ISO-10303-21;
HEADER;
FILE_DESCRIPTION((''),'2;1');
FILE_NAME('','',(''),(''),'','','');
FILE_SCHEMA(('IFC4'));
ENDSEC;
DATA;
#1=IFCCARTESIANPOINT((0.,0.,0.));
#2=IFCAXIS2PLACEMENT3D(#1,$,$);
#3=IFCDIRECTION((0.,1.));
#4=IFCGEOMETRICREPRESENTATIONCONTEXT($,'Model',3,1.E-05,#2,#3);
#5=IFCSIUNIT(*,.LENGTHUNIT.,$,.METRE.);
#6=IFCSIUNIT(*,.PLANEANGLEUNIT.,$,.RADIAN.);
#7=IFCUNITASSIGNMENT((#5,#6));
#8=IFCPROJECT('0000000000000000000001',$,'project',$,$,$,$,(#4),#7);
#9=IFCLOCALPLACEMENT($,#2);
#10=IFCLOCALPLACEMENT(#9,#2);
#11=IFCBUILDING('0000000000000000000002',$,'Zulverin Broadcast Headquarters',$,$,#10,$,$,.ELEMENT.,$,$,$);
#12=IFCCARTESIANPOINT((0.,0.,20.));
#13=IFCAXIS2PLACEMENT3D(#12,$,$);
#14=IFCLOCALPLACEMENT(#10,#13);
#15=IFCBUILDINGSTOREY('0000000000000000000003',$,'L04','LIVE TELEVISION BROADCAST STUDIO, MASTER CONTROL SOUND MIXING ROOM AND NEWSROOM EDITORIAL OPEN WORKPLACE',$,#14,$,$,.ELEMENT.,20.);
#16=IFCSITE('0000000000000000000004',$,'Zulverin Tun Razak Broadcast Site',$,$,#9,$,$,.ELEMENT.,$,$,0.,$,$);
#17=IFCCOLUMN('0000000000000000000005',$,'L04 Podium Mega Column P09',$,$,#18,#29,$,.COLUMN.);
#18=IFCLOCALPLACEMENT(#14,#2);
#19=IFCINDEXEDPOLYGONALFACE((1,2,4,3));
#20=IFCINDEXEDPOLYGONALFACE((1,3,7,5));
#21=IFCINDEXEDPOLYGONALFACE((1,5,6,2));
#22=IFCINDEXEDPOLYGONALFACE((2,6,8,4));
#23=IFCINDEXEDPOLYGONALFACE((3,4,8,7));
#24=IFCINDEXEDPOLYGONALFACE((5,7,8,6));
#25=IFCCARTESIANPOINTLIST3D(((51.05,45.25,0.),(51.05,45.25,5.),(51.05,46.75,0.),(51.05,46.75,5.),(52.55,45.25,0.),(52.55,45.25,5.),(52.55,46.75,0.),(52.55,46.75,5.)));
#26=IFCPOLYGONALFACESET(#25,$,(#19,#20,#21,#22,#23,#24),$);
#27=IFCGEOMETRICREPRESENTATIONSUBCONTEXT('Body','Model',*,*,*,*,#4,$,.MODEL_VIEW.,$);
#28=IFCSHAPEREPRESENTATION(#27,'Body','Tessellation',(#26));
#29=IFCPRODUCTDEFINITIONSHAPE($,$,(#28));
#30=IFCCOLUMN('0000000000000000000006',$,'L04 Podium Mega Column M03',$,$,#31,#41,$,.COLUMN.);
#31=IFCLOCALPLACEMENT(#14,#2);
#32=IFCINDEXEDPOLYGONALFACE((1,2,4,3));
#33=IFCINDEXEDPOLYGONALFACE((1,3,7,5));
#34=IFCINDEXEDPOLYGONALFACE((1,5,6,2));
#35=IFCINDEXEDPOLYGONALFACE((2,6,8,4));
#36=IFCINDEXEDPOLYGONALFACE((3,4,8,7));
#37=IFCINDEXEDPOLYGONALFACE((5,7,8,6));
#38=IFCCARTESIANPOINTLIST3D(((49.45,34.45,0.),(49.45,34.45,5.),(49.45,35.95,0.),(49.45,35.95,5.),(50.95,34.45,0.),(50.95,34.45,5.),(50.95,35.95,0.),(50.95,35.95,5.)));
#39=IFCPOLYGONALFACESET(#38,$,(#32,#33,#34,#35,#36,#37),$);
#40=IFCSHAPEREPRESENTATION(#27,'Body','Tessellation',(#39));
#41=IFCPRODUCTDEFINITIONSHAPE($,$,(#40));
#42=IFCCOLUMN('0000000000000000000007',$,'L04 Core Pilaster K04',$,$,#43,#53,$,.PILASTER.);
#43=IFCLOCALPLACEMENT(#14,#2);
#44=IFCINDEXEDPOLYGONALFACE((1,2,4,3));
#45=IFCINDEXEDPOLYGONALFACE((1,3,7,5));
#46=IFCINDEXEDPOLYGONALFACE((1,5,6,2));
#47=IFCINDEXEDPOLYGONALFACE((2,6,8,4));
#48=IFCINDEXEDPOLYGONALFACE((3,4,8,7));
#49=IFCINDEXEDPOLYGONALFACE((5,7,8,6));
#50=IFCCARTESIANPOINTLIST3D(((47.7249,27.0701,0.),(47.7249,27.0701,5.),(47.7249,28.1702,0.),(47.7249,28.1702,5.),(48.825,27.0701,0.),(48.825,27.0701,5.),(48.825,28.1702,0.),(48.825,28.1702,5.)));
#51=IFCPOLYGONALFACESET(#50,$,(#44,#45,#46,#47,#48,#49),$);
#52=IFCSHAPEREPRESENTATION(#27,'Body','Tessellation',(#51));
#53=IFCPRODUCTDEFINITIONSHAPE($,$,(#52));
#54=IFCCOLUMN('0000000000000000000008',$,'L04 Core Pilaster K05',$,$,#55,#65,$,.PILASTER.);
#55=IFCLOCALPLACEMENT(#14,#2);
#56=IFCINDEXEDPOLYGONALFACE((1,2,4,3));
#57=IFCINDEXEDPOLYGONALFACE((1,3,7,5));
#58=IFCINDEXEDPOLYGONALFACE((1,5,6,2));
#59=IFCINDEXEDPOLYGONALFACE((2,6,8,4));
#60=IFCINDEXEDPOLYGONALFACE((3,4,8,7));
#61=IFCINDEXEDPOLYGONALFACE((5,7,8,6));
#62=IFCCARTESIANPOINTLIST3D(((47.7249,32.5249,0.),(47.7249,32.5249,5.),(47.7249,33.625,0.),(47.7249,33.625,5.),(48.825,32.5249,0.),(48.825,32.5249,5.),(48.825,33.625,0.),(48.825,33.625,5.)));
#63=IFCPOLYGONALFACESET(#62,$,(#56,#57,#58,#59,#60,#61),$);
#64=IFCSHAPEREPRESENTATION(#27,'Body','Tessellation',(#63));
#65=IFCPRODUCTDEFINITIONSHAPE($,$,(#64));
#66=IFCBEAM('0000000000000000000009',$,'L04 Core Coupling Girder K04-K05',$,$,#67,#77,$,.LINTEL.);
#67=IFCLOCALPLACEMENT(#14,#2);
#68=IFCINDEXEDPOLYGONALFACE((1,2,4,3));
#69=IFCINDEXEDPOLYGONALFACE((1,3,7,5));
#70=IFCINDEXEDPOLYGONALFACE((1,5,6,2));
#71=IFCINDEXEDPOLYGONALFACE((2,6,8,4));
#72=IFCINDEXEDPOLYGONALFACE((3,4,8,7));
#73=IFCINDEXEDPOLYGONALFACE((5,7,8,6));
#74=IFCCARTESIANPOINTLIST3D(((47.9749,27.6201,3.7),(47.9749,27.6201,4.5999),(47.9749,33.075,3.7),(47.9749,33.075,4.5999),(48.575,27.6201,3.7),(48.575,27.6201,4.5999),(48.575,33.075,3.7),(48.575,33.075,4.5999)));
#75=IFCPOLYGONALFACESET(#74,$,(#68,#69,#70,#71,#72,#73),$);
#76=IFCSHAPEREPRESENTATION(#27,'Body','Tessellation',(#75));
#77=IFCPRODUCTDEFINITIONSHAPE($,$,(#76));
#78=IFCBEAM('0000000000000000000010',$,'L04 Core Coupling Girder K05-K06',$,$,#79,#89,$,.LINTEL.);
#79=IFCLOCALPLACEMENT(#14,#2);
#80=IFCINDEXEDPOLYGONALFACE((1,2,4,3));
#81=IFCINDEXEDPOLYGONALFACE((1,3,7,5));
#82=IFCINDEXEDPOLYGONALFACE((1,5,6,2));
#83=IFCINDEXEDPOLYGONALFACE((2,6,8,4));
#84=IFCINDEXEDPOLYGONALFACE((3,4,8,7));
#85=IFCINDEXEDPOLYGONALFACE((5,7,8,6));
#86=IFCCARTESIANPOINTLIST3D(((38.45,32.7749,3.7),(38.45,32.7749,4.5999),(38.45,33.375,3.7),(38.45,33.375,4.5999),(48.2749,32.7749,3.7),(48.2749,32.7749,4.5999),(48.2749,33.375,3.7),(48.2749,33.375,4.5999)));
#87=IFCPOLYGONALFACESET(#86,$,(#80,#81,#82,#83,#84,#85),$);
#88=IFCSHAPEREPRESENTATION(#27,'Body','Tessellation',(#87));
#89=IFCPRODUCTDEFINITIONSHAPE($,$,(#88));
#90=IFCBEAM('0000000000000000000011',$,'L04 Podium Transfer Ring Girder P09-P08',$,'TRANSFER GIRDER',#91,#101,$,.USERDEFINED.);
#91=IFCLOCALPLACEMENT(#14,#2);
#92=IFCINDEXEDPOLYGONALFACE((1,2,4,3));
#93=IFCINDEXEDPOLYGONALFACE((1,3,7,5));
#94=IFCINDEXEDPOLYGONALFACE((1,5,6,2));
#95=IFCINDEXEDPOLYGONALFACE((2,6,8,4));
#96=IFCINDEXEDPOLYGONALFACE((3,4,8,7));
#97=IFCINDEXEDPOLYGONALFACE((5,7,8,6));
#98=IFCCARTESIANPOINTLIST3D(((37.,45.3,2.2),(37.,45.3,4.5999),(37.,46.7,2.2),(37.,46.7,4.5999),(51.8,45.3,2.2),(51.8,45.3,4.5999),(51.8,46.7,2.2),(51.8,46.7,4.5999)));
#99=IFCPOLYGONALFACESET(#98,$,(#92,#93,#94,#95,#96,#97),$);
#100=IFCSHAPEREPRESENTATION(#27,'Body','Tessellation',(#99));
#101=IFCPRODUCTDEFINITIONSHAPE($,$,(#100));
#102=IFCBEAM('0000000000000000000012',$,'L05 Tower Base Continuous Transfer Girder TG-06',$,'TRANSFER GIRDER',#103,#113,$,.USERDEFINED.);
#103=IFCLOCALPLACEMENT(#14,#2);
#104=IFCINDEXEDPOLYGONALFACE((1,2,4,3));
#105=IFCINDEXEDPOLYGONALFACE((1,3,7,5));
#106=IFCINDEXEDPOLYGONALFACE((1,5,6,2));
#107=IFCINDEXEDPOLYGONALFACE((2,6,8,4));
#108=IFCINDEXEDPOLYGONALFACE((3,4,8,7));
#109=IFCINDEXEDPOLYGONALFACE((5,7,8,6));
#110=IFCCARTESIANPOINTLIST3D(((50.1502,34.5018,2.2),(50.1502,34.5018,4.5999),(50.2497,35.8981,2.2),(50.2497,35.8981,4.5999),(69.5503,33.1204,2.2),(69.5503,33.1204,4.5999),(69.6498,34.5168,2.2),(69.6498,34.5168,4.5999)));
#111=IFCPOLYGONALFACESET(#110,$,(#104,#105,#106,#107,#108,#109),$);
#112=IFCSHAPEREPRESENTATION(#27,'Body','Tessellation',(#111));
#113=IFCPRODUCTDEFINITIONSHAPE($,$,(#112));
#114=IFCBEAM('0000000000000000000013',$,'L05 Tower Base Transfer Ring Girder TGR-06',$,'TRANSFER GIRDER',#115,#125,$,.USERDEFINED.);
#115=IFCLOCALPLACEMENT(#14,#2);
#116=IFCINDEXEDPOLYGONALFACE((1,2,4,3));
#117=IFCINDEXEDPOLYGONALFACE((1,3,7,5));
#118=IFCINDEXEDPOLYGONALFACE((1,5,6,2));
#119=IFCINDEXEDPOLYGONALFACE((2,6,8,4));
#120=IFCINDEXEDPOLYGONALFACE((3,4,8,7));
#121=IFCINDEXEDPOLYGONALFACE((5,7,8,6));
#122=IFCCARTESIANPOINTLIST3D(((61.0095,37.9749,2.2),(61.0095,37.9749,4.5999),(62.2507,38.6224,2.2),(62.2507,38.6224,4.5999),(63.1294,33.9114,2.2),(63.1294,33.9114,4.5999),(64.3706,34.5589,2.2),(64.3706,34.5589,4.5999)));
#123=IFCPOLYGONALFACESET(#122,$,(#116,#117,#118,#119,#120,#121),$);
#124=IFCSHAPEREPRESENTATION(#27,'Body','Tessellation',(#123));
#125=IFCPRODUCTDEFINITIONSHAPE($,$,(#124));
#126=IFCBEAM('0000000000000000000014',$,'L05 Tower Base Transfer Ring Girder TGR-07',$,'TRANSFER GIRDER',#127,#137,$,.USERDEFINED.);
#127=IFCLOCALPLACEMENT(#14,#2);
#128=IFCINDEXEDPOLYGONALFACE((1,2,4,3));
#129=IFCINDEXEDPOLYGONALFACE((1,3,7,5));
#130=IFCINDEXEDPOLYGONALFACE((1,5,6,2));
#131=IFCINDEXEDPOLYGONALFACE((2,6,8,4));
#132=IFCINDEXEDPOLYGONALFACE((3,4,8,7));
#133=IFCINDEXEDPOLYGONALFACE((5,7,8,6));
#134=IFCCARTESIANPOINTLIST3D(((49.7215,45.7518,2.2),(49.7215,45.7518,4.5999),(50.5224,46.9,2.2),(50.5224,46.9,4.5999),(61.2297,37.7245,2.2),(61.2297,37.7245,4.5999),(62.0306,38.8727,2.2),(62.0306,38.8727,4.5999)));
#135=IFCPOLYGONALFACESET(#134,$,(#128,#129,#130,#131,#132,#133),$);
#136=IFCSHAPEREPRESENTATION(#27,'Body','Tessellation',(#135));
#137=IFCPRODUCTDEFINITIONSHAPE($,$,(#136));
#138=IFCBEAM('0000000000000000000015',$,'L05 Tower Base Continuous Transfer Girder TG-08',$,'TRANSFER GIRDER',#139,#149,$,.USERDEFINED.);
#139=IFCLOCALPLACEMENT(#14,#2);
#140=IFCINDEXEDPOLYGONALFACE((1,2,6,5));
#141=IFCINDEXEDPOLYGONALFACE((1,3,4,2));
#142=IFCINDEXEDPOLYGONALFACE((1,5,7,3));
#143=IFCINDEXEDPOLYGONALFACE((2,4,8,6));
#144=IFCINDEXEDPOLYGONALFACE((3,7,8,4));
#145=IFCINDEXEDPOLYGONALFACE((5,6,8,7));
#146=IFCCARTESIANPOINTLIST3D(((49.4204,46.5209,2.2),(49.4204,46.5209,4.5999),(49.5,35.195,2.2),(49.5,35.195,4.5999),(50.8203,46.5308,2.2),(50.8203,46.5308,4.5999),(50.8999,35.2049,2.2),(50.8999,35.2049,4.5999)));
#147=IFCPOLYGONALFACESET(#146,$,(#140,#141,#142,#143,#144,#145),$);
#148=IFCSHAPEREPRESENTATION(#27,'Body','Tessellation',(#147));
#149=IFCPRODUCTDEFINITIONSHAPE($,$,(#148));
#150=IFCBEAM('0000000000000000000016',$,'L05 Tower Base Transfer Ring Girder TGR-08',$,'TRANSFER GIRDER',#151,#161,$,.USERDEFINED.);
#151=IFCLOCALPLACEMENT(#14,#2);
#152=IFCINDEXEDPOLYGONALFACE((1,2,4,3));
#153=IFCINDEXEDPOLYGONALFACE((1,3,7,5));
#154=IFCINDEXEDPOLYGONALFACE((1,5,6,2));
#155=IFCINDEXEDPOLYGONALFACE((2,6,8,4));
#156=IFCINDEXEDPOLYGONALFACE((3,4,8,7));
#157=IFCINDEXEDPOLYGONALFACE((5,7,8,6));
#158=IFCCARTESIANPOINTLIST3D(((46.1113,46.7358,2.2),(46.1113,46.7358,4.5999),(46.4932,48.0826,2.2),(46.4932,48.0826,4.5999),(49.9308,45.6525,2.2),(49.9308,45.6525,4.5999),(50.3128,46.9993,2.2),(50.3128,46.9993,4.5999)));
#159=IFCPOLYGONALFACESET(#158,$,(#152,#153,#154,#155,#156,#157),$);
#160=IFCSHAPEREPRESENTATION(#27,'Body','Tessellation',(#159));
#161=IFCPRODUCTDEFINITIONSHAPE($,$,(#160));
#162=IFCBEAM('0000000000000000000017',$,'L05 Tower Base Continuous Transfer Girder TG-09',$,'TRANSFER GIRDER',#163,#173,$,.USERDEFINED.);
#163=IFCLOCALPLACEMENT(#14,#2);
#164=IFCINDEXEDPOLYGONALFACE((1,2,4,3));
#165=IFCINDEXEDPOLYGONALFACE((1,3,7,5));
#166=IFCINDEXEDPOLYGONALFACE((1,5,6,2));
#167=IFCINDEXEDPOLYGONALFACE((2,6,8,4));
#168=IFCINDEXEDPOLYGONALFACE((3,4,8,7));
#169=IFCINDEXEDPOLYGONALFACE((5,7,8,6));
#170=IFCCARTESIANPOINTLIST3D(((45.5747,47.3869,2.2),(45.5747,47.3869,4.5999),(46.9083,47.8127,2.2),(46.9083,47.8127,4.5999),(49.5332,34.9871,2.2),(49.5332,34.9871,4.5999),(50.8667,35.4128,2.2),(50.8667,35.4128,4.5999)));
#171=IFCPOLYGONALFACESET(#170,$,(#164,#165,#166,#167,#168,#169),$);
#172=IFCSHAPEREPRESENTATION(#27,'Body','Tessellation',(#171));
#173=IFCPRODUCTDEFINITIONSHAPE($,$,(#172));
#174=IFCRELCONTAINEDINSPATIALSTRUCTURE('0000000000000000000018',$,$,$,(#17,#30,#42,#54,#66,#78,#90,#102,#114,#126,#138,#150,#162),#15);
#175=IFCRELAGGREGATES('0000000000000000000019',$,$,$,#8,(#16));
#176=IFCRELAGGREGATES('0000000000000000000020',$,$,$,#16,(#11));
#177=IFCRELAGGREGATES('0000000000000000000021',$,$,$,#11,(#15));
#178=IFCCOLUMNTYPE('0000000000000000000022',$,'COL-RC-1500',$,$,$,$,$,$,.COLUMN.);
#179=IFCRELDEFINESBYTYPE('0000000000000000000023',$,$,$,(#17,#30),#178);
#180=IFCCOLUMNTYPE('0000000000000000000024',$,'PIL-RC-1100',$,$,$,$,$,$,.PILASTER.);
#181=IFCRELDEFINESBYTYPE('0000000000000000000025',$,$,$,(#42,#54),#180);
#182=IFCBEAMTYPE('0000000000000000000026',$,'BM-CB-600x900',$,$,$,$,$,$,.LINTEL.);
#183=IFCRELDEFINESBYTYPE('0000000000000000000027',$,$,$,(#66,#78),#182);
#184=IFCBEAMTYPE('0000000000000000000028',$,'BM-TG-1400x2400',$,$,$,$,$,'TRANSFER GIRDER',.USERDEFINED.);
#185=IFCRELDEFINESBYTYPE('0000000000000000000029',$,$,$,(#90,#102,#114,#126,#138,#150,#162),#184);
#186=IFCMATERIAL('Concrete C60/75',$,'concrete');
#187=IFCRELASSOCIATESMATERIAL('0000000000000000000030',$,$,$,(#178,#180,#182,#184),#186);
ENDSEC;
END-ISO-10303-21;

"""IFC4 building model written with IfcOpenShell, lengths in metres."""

from ifc_helpers import new_model, si_unit, direction, frame, origin, origin_2d, place, context, subcontext, project, spatial, rectangle, extrude, material, material_profile, profile_set, type_object, element, save


model = new_model("IFC4")

# Units and contexts
model_context = context("Model", 3, precision=1e-05, world=origin(), true_north=direction((0.0, 1.0)))
body_context = subcontext(model_context, "Body", "Model", "MODEL_VIEW")
ifc_project = project(units=[si_unit("LENGTHUNIT", "METRE"), si_unit("PLANEANGLEUNIT", "RADIAN")], contexts=[model_context])

# Site, building, storey
site_placement = place(None, origin())
site = spatial("IfcSite", under=ifc_project, at=site_placement, Name="Zulverin Tun Razak Broadcast Site", CompositionType="ELEMENT", RefElevation=0.0)
building_placement = place(site_placement, origin())
building = spatial("IfcBuilding", under=site, at=building_placement, Name="Zulverin Broadcast Headquarters", CompositionType="ELEMENT")
storey_placement = place(building_placement, frame((0.0, 0.0, 20.0)))
storey = spatial("IfcBuildingStorey", under=building, at=storey_placement, Name="L04", Description="LIVE TELEVISION BROADCAST STUDIO, MASTER CONTROL SOUND MIXING ROOM AND NEWSROOM EDITORIAL OPEN WORKPLACE", CompositionType="ELEMENT", Elevation=20.0)

# Columns
ifc_material_1 = material(Name="Concrete C60/75", Category="concrete")
ifc_material_profile_1 = material_profile(ifc_material_1, rectangle(XDim=1.5, YDim=1.5, at=origin_2d()), Name="Concrete C60/75", Category="concrete")
ifc_profile_set_1 = profile_set([ifc_material_profile_1], Name="Concrete C60/75")
column_type_1 = type_object("IfcColumnType", Name="COL-RC-1500", PredefinedType="COLUMN", material=ifc_profile_set_1)
for number, where, z_axis, x_axis, name in (
    (1, (51.8, 46.0, 0.0), (0.0, 0.0, 1.0), (1.0, 0.0, 0.0), "L04 Podium Mega Column P09"),
    (2, (50.2, 35.2, 0.0), (0.0, 0.0, 1.0), (1.0, 0.0, 0.0), "L04 Podium Mega Column M03"),
):
    element("IfcColumn", number, at=place(storey_placement, frame(where, z_axis=z_axis, x_axis=x_axis)), inside=storey, type_object=column_type_1, Name=name, PredefinedType="COLUMN", context=body_context, shape_type="SweptSolid", body=[
        extrude(rectangle(XDim=1.5, YDim=1.5, at=origin_2d()), origin(), (0.0, 0.0, 1.0), 5.0),
    ])
ifc_material_profile_2 = material_profile(ifc_material_1, rectangle(XDim=1.1001, YDim=1.1001, at=origin_2d()), Name="Concrete C60/75", Category="concrete")
ifc_profile_set_2 = profile_set([ifc_material_profile_2], Name="Concrete C60/75")
column_type_2 = type_object("IfcColumnType", Name="PIL-RC-1100", PredefinedType="PILASTER", material=ifc_profile_set_2)
for number, where, z_axis, x_axis, name in (
    (3, (48.2749, 27.6201, 0.0), (0.0, 0.0, 1.0), (1.0, 0.0, 0.0), "L04 Core Pilaster K04"),
    (4, (48.2749, 33.075, 0.0), (0.0, 0.0, 1.0), (1.0, 0.0, 0.0), "L04 Core Pilaster K05"),
):
    element("IfcColumn", number, at=place(storey_placement, frame(where, z_axis=z_axis, x_axis=x_axis)), inside=storey, type_object=column_type_2, Name=name, PredefinedType="PILASTER", context=body_context, shape_type="SweptSolid", body=[
        extrude(rectangle(XDim=1.1001, YDim=1.1001, at=origin_2d()), origin(), (0.0, 0.0, 1.0), 5.0),
    ])

# Beams
ifc_material_profile_3 = material_profile(ifc_material_1, rectangle(XDim=0.6001, YDim=0.8999, at=origin_2d()), Name="Concrete C60/75", Category="concrete")
ifc_profile_set_3 = profile_set([ifc_material_profile_3], Name="Concrete C60/75")
beam_type_1 = type_object("IfcBeamType", Name="BM-CB-600x900", PredefinedType="LINTEL", material=ifc_profile_set_3)
beam_1_placement = place(storey_placement, frame((48.2749, 27.6201, 4.1499), z_axis=(0.0, 1.0, 0.0), x_axis=(-1.0, 0.0, 0.0)))
element("IfcBeam", 5, at=beam_1_placement, inside=storey, type_object=beam_type_1, Name="L04 Core Coupling Girder K04-K05", PredefinedType="LINTEL", context=body_context, shape_type="SweptSolid", body=[
    extrude(rectangle(XDim=0.6001, YDim=0.8999, at=origin_2d()), origin(), (0.0, 0.0, 1.0), 5.4548),
])
beam_2_placement = place(storey_placement, frame((48.2749, 33.075, 4.1499), z_axis=(-1.0, 0.0, 0.0), x_axis=(0.0, -1.0, 0.0)))
element("IfcBeam", 6, at=beam_2_placement, inside=storey, type_object=beam_type_1, Name="L04 Core Coupling Girder K05-K06", PredefinedType="LINTEL", context=body_context, shape_type="SweptSolid", body=[
    extrude(rectangle(XDim=0.6001, YDim=0.8999, at=origin_2d()), origin(), (0.0, 0.0, 1.0), 9.825),
])
ifc_material_profile_4 = material_profile(ifc_material_1, rectangle(XDim=1.3999, YDim=2.3999, at=origin_2d()), Name="Concrete C60/75", Category="concrete")
ifc_profile_set_4 = profile_set([ifc_material_profile_4], Name="Concrete C60/75")
beam_type_2 = type_object("IfcBeamType", Name="BM-TG-1400x2400", ElementType="TRANSFER GIRDER", PredefinedType="USERDEFINED", material=ifc_profile_set_4)
beam_3_placement = place(storey_placement, frame((51.8, 46.0, 3.3999), z_axis=(-1.0, 0.0, 0.0), x_axis=(0.0, -1.0, 0.0)))
element("IfcBeam", 7, at=beam_3_placement, inside=storey, type_object=beam_type_2, Name="L04 Podium Transfer Ring Girder P09-P08", ObjectType="TRANSFER GIRDER", PredefinedType="USERDEFINED", context=body_context, shape_type="SweptSolid", body=[
    extrude(rectangle(XDim=1.3999, YDim=2.3999, at=origin_2d()), origin(), (0.0, 0.0, 1.0), 14.8),
])
beam_4_placement = place(storey_placement, frame((50.2, 35.2, 3.3999), z_axis=(0.997475, -0.071023, 0.0), x_axis=(0.071023, 0.997475, 0.0)))
element("IfcBeam", 8, at=beam_4_placement, inside=storey, type_object=beam_type_2, Name="L05 Tower Base Continuous Transfer Girder TG-06", ObjectType="TRANSFER GIRDER", PredefinedType="USERDEFINED", context=body_context, shape_type="SweptSolid", body=[
    extrude(rectangle(XDim=1.3999, YDim=2.3999, at=origin_2d()), origin(), (0.0, 0.0, 1.0), 19.4492),
])
beam_5_placement = place(storey_placement, frame((63.75, 34.2351, 3.3999), z_axis=(-0.462531, 0.886603, 0.0), x_axis=(-0.886603, -0.462531, 0.0)))
element("IfcBeam", 9, at=beam_5_placement, inside=storey, type_object=beam_type_2, Name="L05 Tower Base Transfer Ring Girder TGR-06", ObjectType="TRANSFER GIRDER", PredefinedType="USERDEFINED", context=body_context, shape_type="SweptSolid", body=[
    extrude(rectangle(XDim=1.3999, YDim=2.3999, at=origin_2d()), origin(), (0.0, 0.0, 1.0), 4.5833),
])
beam_6_placement = place(storey_placement, frame((61.6301, 38.2986, 3.3999), z_axis=(-0.820184, 0.5721, 0.0), x_axis=(-0.5721, -0.820184, 0.0)))
element("IfcBeam", 10, at=beam_6_placement, inside=storey, type_object=beam_type_2, Name="L05 Tower Base Transfer Ring Girder TGR-07", ObjectType="TRANSFER GIRDER", PredefinedType="USERDEFINED", context=body_context, shape_type="SweptSolid", body=[
    extrude(rectangle(XDim=1.3999, YDim=2.3999, at=origin_2d()), origin(), (0.0, 0.0, 1.0), 14.0312),
])
beam_7_placement = place(storey_placement, frame((50.2, 35.2, 3.3999), z_axis=(-0.007027, 0.999975, 0.0), x_axis=(-0.999975, -0.007027, 0.0)))
element("IfcBeam", 11, at=beam_7_placement, inside=storey, type_object=beam_type_2, Name="L05 Tower Base Continuous Transfer Girder TG-08", ObjectType="TRANSFER GIRDER", PredefinedType="USERDEFINED", context=body_context, shape_type="SweptSolid", body=[
    extrude(rectangle(XDim=1.3999, YDim=2.3999, at=origin_2d()), origin(), (0.0, 0.0, 1.0), 11.3262),
])
beam_8_placement = place(storey_placement, frame((50.1218, 46.3259, 3.3999), z_axis=(-0.962058, 0.272844, 0.0), x_axis=(-0.272844, -0.962058, 0.0)))
element("IfcBeam", 12, at=beam_8_placement, inside=storey, type_object=beam_type_2, Name="L05 Tower Base Transfer Ring Girder TGR-08", ObjectType="TRANSFER GIRDER", PredefinedType="USERDEFINED", context=body_context, shape_type="SweptSolid", body=[
    extrude(rectangle(XDim=1.3999, YDim=2.3999, at=origin_2d()), origin(), (0.0, 0.0, 1.0), 3.9702),
])
beam_9_placement = place(storey_placement, frame((50.2, 35.2, 3.3999), z_axis=(-0.304116, 0.952635, 0.0), x_axis=(-0.952635, -0.304116, 0.0)))
element("IfcBeam", 13, at=beam_9_placement, inside=storey, type_object=beam_type_2, Name="L05 Tower Base Continuous Transfer Girder TG-09", ObjectType="TRANSFER GIRDER", PredefinedType="USERDEFINED", context=body_context, shape_type="SweptSolid", body=[
    extrude(rectangle(XDim=1.3999, YDim=2.3999, at=origin_2d()), origin(), (0.0, 0.0, 1.0), 13.0164),
])

save(model, "model.ifc")
